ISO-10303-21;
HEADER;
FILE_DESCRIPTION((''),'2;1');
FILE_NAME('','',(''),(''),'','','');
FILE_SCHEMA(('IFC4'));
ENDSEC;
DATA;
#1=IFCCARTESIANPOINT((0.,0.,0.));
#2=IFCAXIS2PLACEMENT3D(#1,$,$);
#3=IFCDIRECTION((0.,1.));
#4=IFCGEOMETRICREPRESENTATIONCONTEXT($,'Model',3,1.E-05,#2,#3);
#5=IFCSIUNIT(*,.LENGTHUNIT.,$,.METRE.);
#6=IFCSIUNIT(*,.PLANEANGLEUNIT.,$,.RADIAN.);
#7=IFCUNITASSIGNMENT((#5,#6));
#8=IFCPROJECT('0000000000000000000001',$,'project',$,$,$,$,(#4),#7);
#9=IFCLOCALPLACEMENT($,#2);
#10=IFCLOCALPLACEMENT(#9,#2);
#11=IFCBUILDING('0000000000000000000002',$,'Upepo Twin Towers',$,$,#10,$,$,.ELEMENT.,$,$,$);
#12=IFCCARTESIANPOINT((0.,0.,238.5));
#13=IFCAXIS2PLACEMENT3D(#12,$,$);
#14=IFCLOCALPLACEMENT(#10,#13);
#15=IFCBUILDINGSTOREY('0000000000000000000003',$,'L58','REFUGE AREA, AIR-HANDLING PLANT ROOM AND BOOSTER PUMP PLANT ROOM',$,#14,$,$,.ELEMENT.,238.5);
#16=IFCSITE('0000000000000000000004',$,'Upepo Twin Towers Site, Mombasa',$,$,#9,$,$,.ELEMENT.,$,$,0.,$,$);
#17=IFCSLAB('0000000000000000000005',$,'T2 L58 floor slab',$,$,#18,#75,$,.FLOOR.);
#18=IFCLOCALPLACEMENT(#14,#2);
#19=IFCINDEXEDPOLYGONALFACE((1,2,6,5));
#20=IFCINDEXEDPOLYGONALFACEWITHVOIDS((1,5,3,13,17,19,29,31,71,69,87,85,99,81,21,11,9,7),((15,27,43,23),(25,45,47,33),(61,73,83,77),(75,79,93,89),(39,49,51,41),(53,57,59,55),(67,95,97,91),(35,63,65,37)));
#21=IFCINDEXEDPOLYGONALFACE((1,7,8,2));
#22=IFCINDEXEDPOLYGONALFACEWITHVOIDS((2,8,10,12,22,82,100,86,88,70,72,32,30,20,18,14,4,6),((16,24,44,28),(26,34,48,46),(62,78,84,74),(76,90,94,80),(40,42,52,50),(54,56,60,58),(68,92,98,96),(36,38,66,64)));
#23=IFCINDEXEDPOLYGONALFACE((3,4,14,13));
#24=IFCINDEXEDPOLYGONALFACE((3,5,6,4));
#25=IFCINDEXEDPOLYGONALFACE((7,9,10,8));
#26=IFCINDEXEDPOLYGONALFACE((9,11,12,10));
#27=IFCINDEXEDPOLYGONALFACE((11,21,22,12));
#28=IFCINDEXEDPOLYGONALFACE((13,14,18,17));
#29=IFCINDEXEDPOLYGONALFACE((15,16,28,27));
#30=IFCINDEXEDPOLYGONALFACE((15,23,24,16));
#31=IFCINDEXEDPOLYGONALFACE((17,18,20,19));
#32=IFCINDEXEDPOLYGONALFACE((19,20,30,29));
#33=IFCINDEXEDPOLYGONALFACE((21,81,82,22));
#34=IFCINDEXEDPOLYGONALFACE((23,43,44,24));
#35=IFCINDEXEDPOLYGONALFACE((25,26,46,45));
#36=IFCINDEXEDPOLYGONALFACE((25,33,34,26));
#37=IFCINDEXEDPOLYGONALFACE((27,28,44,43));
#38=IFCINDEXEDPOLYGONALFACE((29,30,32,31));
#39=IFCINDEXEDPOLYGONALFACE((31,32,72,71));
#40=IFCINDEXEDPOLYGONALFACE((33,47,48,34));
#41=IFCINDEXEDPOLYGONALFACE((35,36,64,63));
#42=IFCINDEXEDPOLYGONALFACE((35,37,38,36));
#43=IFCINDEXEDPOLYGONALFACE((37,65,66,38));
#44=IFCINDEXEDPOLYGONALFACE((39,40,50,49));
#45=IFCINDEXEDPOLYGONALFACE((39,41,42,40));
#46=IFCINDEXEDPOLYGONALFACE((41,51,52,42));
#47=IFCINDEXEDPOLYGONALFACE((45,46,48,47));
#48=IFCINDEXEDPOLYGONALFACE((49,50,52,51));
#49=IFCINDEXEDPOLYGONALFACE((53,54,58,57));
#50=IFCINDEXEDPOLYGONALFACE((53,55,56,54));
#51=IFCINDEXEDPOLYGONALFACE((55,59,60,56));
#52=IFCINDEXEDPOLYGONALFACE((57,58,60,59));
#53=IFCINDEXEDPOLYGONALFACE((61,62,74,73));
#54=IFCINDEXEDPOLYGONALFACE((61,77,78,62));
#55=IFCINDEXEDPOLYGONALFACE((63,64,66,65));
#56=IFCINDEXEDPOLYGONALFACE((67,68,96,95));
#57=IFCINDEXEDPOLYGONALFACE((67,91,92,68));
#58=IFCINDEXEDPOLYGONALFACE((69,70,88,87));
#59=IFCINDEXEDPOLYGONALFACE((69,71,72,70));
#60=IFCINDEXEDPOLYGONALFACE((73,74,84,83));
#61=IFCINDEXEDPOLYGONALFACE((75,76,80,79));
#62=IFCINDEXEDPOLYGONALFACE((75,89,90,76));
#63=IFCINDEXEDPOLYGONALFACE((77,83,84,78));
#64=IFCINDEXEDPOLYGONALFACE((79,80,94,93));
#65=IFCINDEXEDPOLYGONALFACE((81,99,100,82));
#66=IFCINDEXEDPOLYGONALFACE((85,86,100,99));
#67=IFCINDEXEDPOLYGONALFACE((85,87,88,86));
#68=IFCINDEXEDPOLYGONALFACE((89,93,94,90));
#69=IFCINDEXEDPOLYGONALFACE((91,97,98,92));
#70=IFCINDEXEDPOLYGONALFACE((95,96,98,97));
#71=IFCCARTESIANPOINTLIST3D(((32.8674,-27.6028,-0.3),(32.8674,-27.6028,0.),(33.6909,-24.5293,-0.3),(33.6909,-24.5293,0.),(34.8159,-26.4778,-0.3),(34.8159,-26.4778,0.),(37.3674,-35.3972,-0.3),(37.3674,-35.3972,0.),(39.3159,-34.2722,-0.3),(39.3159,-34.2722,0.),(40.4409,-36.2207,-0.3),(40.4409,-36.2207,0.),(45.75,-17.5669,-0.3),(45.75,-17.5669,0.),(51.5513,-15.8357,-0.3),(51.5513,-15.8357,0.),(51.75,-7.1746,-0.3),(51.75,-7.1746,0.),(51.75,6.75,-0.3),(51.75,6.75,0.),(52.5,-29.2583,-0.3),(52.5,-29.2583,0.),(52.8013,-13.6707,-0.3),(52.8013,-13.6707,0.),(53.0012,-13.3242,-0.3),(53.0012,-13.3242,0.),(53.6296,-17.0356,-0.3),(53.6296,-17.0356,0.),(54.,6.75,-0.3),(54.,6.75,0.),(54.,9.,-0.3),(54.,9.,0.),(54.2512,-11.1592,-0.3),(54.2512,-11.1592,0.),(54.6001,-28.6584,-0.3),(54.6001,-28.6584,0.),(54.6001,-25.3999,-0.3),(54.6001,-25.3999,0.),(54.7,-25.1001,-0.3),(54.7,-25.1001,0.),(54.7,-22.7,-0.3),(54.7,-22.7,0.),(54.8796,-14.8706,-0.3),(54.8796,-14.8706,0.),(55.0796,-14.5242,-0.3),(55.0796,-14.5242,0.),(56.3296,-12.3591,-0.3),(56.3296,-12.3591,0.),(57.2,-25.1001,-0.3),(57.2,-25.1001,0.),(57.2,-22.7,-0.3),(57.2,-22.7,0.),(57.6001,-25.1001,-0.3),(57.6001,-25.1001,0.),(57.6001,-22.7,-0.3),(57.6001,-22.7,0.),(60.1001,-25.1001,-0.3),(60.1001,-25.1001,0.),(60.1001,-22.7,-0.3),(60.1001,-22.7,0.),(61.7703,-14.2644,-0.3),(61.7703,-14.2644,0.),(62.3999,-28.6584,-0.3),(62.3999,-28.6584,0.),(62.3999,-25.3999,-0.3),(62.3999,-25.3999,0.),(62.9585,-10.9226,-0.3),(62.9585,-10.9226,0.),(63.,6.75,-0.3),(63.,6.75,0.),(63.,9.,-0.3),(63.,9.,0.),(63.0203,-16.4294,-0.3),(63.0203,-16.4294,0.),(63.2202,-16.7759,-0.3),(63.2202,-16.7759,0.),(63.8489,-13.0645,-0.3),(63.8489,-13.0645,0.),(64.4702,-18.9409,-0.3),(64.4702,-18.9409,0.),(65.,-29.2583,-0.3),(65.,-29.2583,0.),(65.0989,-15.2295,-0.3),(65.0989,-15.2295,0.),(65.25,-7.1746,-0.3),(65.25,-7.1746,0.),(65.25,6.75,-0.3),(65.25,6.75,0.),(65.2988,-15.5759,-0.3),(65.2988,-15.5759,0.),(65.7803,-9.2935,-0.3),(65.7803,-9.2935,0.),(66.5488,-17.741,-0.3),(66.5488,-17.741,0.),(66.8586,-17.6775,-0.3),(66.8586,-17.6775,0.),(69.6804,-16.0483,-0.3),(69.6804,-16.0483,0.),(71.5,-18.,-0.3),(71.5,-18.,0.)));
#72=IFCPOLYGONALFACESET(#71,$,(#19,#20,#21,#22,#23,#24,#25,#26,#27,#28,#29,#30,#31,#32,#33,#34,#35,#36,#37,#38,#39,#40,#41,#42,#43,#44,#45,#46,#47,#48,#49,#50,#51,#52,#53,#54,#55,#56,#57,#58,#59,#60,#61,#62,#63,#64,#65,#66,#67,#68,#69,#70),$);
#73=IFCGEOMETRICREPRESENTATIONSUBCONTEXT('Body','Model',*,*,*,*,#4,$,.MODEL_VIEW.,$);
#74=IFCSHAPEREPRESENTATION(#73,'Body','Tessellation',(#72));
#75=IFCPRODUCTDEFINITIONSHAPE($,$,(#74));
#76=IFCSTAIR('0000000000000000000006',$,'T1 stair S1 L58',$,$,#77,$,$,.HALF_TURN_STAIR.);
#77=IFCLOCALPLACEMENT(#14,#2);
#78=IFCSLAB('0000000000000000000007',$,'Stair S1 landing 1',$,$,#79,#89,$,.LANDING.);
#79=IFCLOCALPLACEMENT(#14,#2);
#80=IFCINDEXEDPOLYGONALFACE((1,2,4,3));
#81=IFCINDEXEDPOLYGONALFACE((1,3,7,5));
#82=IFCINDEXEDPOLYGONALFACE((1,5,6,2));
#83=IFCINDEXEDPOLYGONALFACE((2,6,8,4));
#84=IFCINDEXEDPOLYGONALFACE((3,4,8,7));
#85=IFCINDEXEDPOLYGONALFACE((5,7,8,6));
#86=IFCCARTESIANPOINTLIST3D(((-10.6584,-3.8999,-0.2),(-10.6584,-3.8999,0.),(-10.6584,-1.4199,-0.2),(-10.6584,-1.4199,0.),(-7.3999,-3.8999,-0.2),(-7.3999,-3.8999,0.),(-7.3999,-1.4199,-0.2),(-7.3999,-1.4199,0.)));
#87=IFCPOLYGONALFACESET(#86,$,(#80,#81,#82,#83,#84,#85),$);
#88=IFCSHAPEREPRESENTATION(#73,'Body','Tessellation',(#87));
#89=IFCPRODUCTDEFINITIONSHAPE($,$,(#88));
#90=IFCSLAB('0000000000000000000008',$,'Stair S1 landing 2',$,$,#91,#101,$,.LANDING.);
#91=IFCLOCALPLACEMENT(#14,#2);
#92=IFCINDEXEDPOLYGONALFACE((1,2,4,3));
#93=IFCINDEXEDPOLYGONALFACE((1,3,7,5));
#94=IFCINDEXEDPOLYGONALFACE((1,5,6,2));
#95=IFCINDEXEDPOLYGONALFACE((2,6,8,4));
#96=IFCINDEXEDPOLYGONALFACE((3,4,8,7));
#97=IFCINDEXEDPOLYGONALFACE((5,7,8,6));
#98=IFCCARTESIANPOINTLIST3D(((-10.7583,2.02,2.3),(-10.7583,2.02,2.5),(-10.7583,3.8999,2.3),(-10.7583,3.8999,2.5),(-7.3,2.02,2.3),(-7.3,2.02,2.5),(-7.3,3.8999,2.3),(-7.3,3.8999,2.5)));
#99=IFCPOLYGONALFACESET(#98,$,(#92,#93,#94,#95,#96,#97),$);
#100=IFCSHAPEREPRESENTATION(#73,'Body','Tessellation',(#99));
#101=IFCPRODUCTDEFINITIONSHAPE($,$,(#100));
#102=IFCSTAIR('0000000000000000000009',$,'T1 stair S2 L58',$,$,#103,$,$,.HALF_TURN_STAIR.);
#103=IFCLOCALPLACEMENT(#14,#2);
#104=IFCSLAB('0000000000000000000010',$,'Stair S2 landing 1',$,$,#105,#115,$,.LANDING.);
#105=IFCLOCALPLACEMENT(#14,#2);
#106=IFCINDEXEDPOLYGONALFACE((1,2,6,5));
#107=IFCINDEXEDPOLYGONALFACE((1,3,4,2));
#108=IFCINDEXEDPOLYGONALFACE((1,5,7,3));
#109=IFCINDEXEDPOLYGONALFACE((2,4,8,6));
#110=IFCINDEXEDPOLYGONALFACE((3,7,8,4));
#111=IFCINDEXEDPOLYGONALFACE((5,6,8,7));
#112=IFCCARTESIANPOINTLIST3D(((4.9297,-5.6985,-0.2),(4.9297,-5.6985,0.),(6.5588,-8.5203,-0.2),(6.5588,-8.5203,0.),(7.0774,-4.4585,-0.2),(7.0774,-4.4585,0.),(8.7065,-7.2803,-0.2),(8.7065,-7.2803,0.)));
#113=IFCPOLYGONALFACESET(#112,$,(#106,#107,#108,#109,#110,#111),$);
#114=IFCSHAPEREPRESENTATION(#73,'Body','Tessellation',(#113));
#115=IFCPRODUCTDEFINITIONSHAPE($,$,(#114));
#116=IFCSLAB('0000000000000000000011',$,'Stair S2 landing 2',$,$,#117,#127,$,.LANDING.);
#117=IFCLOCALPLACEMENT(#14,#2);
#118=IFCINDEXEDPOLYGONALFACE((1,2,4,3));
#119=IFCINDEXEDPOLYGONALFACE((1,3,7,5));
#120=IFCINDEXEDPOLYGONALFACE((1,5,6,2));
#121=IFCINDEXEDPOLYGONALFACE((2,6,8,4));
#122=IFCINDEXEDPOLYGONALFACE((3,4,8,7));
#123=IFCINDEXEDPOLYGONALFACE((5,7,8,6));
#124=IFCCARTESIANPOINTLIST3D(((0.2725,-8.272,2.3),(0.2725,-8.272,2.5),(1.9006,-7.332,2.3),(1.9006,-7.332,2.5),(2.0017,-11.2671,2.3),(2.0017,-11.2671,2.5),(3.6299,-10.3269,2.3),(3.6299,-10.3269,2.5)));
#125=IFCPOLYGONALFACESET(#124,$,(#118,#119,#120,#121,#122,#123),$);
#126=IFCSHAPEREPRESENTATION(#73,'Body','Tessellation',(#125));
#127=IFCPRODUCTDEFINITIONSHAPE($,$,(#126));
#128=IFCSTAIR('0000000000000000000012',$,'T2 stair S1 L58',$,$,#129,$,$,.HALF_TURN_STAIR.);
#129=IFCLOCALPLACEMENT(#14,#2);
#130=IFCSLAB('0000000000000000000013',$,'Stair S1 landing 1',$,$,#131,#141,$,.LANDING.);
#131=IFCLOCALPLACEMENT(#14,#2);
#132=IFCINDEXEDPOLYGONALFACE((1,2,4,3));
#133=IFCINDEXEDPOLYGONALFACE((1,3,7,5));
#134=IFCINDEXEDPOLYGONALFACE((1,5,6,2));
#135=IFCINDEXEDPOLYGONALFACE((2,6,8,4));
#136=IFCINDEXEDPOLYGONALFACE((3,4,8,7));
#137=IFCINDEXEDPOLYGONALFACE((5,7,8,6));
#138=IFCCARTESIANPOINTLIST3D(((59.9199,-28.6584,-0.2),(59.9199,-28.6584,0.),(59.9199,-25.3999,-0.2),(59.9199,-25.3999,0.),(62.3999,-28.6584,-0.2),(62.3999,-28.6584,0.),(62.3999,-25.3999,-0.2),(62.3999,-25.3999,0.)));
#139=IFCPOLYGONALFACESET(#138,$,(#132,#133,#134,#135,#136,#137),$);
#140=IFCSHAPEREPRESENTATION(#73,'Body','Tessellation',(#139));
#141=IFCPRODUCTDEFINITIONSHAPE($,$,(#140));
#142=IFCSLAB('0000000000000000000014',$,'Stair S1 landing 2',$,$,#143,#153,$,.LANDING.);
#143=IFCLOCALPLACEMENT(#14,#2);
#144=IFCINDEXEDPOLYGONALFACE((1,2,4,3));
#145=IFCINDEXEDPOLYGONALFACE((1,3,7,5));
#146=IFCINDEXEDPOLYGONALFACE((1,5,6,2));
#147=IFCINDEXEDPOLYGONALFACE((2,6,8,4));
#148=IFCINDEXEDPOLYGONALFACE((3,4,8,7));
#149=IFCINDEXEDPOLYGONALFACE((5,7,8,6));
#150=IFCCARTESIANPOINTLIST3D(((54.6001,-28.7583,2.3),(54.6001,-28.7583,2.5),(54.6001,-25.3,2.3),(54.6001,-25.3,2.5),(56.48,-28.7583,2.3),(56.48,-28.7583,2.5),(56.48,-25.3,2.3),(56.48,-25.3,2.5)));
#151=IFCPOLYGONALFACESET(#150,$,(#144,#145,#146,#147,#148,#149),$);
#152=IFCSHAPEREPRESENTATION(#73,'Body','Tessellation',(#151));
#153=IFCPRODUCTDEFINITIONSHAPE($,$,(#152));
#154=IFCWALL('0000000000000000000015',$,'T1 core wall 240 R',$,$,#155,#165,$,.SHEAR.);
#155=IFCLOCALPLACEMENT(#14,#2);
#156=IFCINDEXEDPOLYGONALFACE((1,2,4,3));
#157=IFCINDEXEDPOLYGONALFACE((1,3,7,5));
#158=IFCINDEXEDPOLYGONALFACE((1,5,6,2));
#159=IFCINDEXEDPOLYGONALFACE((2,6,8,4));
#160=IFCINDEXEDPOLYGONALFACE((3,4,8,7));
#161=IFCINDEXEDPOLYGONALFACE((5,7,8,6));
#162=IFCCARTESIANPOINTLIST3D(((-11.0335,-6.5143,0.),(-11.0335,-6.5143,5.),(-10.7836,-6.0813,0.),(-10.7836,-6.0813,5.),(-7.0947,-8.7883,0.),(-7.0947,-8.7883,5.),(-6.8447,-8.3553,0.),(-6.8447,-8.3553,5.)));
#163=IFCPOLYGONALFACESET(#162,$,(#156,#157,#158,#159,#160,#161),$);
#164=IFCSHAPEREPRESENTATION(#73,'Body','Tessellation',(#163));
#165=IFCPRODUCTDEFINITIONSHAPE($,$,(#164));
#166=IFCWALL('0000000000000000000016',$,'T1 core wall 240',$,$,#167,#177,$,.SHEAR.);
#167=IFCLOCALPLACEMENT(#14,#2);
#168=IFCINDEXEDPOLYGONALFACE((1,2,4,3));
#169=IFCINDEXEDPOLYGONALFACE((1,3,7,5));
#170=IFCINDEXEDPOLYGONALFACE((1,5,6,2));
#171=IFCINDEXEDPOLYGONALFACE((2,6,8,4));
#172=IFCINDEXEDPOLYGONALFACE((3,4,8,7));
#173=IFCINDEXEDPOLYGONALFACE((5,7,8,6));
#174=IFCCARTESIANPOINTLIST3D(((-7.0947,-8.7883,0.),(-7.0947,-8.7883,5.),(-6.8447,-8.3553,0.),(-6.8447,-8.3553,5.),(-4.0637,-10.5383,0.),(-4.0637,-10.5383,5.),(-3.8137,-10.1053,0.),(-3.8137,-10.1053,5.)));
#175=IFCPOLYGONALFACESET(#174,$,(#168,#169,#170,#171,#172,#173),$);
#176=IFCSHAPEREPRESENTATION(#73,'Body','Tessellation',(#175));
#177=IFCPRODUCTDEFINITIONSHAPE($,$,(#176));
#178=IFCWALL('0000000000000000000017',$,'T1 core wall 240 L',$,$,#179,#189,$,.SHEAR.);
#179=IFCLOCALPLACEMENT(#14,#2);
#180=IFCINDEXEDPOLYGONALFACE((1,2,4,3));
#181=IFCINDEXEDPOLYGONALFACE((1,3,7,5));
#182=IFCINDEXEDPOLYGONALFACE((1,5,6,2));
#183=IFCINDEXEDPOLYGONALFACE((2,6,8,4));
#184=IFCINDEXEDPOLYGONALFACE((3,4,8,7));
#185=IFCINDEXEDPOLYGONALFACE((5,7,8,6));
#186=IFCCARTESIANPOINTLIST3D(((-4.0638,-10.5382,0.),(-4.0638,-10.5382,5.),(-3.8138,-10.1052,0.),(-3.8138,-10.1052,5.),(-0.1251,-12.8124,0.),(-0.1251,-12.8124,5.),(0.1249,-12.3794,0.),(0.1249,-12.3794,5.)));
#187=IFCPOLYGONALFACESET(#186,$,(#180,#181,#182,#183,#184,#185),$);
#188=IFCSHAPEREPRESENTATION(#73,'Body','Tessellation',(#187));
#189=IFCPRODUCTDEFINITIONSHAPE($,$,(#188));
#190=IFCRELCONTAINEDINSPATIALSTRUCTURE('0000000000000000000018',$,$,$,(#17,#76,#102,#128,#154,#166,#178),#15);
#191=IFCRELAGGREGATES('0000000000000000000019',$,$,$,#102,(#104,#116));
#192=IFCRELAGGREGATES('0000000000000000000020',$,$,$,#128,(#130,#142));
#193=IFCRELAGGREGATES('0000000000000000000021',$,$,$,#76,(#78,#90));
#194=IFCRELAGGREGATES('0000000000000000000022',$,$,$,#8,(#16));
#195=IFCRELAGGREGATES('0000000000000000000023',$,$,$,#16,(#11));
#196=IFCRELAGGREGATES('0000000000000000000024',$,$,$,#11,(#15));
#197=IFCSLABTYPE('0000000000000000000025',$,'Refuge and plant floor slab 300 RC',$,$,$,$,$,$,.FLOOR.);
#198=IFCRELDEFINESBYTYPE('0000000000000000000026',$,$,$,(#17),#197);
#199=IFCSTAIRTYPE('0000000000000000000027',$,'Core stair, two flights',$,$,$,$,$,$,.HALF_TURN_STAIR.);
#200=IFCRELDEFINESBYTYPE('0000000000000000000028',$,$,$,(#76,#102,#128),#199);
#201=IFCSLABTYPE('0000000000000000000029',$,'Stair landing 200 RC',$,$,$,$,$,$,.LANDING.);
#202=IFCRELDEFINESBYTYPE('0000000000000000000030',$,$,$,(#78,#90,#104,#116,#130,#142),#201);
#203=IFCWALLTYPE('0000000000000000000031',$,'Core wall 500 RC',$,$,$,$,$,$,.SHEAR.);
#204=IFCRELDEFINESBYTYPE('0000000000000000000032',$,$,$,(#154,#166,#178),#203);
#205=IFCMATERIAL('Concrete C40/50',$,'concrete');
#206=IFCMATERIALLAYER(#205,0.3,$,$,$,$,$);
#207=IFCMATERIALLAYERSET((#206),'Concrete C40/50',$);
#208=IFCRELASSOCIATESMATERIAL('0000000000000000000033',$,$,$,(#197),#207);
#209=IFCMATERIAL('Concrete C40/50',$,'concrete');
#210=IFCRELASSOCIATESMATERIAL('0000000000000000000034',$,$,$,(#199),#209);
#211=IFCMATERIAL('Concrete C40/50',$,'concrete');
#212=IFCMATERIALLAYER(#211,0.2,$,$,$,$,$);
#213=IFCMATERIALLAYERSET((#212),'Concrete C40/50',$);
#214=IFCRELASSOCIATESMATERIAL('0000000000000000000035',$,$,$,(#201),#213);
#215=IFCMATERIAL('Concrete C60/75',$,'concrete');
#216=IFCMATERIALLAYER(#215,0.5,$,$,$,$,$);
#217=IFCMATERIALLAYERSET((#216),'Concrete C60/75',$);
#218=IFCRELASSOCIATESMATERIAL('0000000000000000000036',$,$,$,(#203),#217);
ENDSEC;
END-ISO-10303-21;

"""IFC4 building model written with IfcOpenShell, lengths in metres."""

from ifc_helpers import new_model, si_unit, direction, frame, frame_2d, origin, place, context, subcontext, project, spatial, polyline, rectangle, outline, extrude, material, layer, layer_set, type_object, element, aggregate, save


model = new_model("IFC4")

# Units and contexts
model_context = context("Model", 3, precision=1e-05, world=origin(), true_north=direction((0.0, 1.0)))
body_context = subcontext(model_context, "Body", "Model", "MODEL_VIEW")
ifc_project = project(units=[si_unit("LENGTHUNIT", "METRE"), si_unit("PLANEANGLEUNIT", "RADIAN")], contexts=[model_context])

# Site, building, storey
site_placement = place(None, origin())
site = spatial("IfcSite", under=ifc_project, at=site_placement, Name="Upepo Twin Towers Site, Mombasa", CompositionType="ELEMENT", RefElevation=0.0)
building_placement = place(site_placement, origin())
building = spatial("IfcBuilding", under=site, at=building_placement, Name="Upepo Twin Towers", CompositionType="ELEMENT")
storey_placement = place(building_placement, frame((0.0, 0.0, 238.5)))
storey = spatial("IfcBuildingStorey", under=building, at=storey_placement, Name="L58", Description="REFUGE AREA, AIR-HANDLING PLANT ROOM AND BOOSTER PUMP PLANT ROOM", CompositionType="ELEMENT", Elevation=238.5)

# Slab
ifc_material_1 = material(Name="Concrete C40/50", Category="concrete")
ifc_layer_1 = layer(ifc_material_1, 0.3)
ifc_layer_set_1 = layer_set([ifc_layer_1], Name="Concrete C40/50")
slab_type_1 = type_object("IfcSlabType", Name="Refuge and plant floor slab 300 RC", PredefinedType="FLOOR", material=ifc_layer_set_1)
slab_1_placement = place(storey_placement, frame((0.0, 0.0, -0.3)))
element("IfcSlab", 1, at=slab_1_placement, inside=storey, type_object=slab_type_1, Name="T2 L58 floor slab", PredefinedType="FLOOR", context=body_context, shape_type="SweptSolid", body=[
    extrude(outline(polyline([(51.75, -7.1746), (51.75, 6.75), (54.0, 6.75), (54.0, 9.0), (63.0, 9.0), (63.0, 6.75), (65.25, 6.75), (65.25, -7.1746), (71.5, -18.0), (65.0, -29.2583), (52.5, -29.2583), (40.4409, -36.2207), (39.3159, -34.2722), (37.3674, -35.3972), (32.8674, -27.6028), (34.8159, -26.4778), (33.6909, -24.5293), (45.75, -17.5669), (51.75, -7.1746)]), holes=[polyline([(56.3296, -12.3591), (54.2512, -11.1592), (53.0012, -13.3242), (55.0796, -14.5242), (56.3296, -12.3591)]), polyline([(54.8796, -14.8706), (52.8013, -13.6707), (51.5513, -15.8357), (53.6296, -17.0356), (54.8796, -14.8706)]), polyline([(54.7, -22.7), (54.7, -25.1001), (57.2, -25.1001), (57.2, -22.7), (54.7, -22.7)]), polyline([(57.6001, -22.7), (57.6001, -25.1001), (60.1001, -25.1001), (60.1001, -22.7), (57.6001, -22.7)]), polyline([(54.6001, -25.3999), (54.6001, -28.6584), (62.3999, -28.6584), (62.3999, -25.3999), (54.6001, -25.3999)]), polyline([(64.4702, -18.9409), (66.5488, -17.741), (65.2988, -15.5759), (63.2202, -16.7759), (64.4702, -18.9409)]), polyline([(63.0203, -16.4294), (65.0989, -15.2295), (63.8489, -13.0645), (61.7703, -14.2644), (63.0203, -16.4294)]), polyline([(66.8586, -17.6775), (69.6804, -16.0483), (65.7803, -9.2935), (62.9585, -10.9226), (66.8586, -17.6775)])]), origin(), (0.0, 0.0, 1.0), 0.3),
])

# Stairs, slabs
ifc_material_2 = material(Name="Concrete C40/50", Category="concrete")
stair_type = type_object("IfcStairType", Name="Core stair, two flights", PredefinedType="HALF_TURN_STAIR", material=ifc_material_2)
stair_1_placement = place(storey_placement, origin())
stair_1 = element("IfcStair", 2, at=stair_1_placement, inside=storey, type_object=stair_type, Name="T1 stair S1 L58", PredefinedType="HALF_TURN_STAIR")
ifc_material_3 = material(Name="Concrete C40/50", Category="concrete")
ifc_layer_2 = layer(ifc_material_3, 0.2)
ifc_layer_set_2 = layer_set([ifc_layer_2], Name="Concrete C40/50")
slab_type_2 = type_object("IfcSlabType", Name="Stair landing 200 RC", PredefinedType="LANDING", material=ifc_layer_set_2)
slab_2_placement = place(storey_placement, frame((0.0, 0.0, -0.2)))
slab_2 = element("IfcSlab", 3, at=slab_2_placement, type_object=slab_type_2, Name="Stair S1 landing 1", PredefinedType="LANDING", context=body_context, shape_type="SweptSolid", body=[
    extrude(outline(polyline([(-7.3999, -1.4199), (-10.6584, -1.4199), (-10.6584, -3.8999), (-7.3999, -3.8999), (-7.3999, -1.4199)])), origin(), (0.0, 0.0, 1.0), 0.2),
])
slab_3_placement = place(storey_placement, frame((0.0, 0.0, 2.3)))
slab_3 = element("IfcSlab", 4, at=slab_3_placement, type_object=slab_type_2, Name="Stair S1 landing 2", PredefinedType="LANDING", context=body_context, shape_type="SweptSolid", body=[
    extrude(outline(polyline([(-7.3, 3.8999), (-10.7583, 3.8999), (-10.7583, 2.02), (-7.3, 2.02), (-7.3, 3.8999)])), origin(), (0.0, 0.0, 1.0), 0.2),
])
stair_2_placement = place(storey_placement, origin())
stair_2 = element("IfcStair", 5, at=stair_2_placement, inside=storey, type_object=stair_type, Name="T1 stair S2 L58", PredefinedType="HALF_TURN_STAIR")
slab_4_placement = place(storey_placement, frame((0.0, 0.0, -0.2)))
slab_4 = element("IfcSlab", 6, at=slab_4_placement, type_object=slab_type_2, Name="Stair S2 landing 1", PredefinedType="LANDING", context=body_context, shape_type="SweptSolid", body=[
    extrude(outline(polyline([(4.9297, -5.6985), (6.5588, -8.5203), (8.7065, -7.2803), (7.0774, -4.4585), (4.9297, -5.6985)])), origin(), (0.0, 0.0, 1.0), 0.2),
])
slab_5_placement = place(storey_placement, frame((0.0, 0.0, 2.3)))
slab_5 = element("IfcSlab", 7, at=slab_5_placement, type_object=slab_type_2, Name="Stair S2 landing 2", PredefinedType="LANDING", context=body_context, shape_type="SweptSolid", body=[
    extrude(outline(polyline([(0.2725, -8.272), (2.0017, -11.2671), (3.6299, -10.3269), (1.9006, -7.332), (0.2725, -8.272)])), origin(), (0.0, 0.0, 1.0), 0.2),
])
aggregate(stair_2, [slab_4, slab_5])
stair_3_placement = place(storey_placement, origin())
stair_3 = element("IfcStair", 8, at=stair_3_placement, inside=storey, type_object=stair_type, Name="T2 stair S1 L58", PredefinedType="HALF_TURN_STAIR")
slab_6_placement = place(storey_placement, frame((0.0, 0.0, -0.2)))
slab_6 = element("IfcSlab", 9, at=slab_6_placement, type_object=slab_type_2, Name="Stair S1 landing 1", PredefinedType="LANDING", context=body_context, shape_type="SweptSolid", body=[
    extrude(outline(polyline([(59.9199, -25.3999), (59.9199, -28.6584), (62.3999, -28.6584), (62.3999, -25.3999), (59.9199, -25.3999)])), origin(), (0.0, 0.0, 1.0), 0.2),
])
slab_7_placement = place(storey_placement, frame((0.0, 0.0, 2.3)))
slab_7 = element("IfcSlab", 10, at=slab_7_placement, type_object=slab_type_2, Name="Stair S1 landing 2", PredefinedType="LANDING", context=body_context, shape_type="SweptSolid", body=[
    extrude(outline(polyline([(54.6001, -25.3), (54.6001, -28.7583), (56.48, -28.7583), (56.48, -25.3), (54.6001, -25.3)])), origin(), (0.0, 0.0, 1.0), 0.2),
])
aggregate(stair_3, [slab_6, slab_7])

# Walls
ifc_material_4 = material(Name="Concrete C60/75", Category="concrete")
ifc_layer_3 = layer(ifc_material_4, 0.5)
ifc_layer_set_3 = layer_set([ifc_layer_3], Name="Concrete C60/75")
wall_type_1 = type_object("IfcWallType", Name="Core wall 500 RC", PredefinedType="SHEAR", material=ifc_layer_set_3)
wall_1_placement = place(storey_placement, frame((-10.9084, -6.2979, 0.0), z_axis=(0.0, 0.0, 1.0), x_axis=(0.866035, -0.499984, 0.0)))
element("IfcWall", 11, at=wall_1_placement, inside=storey, type_object=wall_type_1, Name="T1 core wall 240 R", PredefinedType="SHEAR", context=body_context, shape_type="SweptSolid", body=[
    extrude(rectangle(XDim=4.5481, YDim=0.5, at=frame_2d((2.2739, 0.0))), origin(), (0.0, 0.0, 1.0), 5.0),
])
wall_2_placement = place(storey_placement, frame((-6.9697, -8.5718, 0.0), z_axis=(0.0, 0.0, 1.0), x_axis=(0.866019, -0.50001, 0.0)))
element("IfcWall", 12, at=wall_2_placement, inside=storey, type_object=wall_type_1, Name="T1 core wall 240", PredefinedType="SHEAR", context=body_context, shape_type="SweptSolid", body=[
    extrude(rectangle(XDim=3.5, YDim=0.5, at=frame_2d((1.75, 0.0))), origin(), (0.0, 0.0, 1.0), 5.0),
])
wall_3_placement = place(storey_placement, frame((-3.9387, -10.3218, 0.0), z_axis=(0.0, 0.0, 1.0), x_axis=(0.866011, -0.500024, 0.0)))
element("IfcWall", 13, at=wall_3_placement, inside=storey, type_object=wall_type_1, Name="T1 core wall 240 L", PredefinedType="SHEAR", context=body_context, shape_type="SweptSolid", body=[
    extrude(rectangle(XDim=4.5481, YDim=0.5, at=frame_2d((2.2739, 0.0))), origin(), (0.0, 0.0, 1.0), 5.0),
])

aggregate(stair_1, [slab_2, slab_3])

save(model, "model.ifc")
